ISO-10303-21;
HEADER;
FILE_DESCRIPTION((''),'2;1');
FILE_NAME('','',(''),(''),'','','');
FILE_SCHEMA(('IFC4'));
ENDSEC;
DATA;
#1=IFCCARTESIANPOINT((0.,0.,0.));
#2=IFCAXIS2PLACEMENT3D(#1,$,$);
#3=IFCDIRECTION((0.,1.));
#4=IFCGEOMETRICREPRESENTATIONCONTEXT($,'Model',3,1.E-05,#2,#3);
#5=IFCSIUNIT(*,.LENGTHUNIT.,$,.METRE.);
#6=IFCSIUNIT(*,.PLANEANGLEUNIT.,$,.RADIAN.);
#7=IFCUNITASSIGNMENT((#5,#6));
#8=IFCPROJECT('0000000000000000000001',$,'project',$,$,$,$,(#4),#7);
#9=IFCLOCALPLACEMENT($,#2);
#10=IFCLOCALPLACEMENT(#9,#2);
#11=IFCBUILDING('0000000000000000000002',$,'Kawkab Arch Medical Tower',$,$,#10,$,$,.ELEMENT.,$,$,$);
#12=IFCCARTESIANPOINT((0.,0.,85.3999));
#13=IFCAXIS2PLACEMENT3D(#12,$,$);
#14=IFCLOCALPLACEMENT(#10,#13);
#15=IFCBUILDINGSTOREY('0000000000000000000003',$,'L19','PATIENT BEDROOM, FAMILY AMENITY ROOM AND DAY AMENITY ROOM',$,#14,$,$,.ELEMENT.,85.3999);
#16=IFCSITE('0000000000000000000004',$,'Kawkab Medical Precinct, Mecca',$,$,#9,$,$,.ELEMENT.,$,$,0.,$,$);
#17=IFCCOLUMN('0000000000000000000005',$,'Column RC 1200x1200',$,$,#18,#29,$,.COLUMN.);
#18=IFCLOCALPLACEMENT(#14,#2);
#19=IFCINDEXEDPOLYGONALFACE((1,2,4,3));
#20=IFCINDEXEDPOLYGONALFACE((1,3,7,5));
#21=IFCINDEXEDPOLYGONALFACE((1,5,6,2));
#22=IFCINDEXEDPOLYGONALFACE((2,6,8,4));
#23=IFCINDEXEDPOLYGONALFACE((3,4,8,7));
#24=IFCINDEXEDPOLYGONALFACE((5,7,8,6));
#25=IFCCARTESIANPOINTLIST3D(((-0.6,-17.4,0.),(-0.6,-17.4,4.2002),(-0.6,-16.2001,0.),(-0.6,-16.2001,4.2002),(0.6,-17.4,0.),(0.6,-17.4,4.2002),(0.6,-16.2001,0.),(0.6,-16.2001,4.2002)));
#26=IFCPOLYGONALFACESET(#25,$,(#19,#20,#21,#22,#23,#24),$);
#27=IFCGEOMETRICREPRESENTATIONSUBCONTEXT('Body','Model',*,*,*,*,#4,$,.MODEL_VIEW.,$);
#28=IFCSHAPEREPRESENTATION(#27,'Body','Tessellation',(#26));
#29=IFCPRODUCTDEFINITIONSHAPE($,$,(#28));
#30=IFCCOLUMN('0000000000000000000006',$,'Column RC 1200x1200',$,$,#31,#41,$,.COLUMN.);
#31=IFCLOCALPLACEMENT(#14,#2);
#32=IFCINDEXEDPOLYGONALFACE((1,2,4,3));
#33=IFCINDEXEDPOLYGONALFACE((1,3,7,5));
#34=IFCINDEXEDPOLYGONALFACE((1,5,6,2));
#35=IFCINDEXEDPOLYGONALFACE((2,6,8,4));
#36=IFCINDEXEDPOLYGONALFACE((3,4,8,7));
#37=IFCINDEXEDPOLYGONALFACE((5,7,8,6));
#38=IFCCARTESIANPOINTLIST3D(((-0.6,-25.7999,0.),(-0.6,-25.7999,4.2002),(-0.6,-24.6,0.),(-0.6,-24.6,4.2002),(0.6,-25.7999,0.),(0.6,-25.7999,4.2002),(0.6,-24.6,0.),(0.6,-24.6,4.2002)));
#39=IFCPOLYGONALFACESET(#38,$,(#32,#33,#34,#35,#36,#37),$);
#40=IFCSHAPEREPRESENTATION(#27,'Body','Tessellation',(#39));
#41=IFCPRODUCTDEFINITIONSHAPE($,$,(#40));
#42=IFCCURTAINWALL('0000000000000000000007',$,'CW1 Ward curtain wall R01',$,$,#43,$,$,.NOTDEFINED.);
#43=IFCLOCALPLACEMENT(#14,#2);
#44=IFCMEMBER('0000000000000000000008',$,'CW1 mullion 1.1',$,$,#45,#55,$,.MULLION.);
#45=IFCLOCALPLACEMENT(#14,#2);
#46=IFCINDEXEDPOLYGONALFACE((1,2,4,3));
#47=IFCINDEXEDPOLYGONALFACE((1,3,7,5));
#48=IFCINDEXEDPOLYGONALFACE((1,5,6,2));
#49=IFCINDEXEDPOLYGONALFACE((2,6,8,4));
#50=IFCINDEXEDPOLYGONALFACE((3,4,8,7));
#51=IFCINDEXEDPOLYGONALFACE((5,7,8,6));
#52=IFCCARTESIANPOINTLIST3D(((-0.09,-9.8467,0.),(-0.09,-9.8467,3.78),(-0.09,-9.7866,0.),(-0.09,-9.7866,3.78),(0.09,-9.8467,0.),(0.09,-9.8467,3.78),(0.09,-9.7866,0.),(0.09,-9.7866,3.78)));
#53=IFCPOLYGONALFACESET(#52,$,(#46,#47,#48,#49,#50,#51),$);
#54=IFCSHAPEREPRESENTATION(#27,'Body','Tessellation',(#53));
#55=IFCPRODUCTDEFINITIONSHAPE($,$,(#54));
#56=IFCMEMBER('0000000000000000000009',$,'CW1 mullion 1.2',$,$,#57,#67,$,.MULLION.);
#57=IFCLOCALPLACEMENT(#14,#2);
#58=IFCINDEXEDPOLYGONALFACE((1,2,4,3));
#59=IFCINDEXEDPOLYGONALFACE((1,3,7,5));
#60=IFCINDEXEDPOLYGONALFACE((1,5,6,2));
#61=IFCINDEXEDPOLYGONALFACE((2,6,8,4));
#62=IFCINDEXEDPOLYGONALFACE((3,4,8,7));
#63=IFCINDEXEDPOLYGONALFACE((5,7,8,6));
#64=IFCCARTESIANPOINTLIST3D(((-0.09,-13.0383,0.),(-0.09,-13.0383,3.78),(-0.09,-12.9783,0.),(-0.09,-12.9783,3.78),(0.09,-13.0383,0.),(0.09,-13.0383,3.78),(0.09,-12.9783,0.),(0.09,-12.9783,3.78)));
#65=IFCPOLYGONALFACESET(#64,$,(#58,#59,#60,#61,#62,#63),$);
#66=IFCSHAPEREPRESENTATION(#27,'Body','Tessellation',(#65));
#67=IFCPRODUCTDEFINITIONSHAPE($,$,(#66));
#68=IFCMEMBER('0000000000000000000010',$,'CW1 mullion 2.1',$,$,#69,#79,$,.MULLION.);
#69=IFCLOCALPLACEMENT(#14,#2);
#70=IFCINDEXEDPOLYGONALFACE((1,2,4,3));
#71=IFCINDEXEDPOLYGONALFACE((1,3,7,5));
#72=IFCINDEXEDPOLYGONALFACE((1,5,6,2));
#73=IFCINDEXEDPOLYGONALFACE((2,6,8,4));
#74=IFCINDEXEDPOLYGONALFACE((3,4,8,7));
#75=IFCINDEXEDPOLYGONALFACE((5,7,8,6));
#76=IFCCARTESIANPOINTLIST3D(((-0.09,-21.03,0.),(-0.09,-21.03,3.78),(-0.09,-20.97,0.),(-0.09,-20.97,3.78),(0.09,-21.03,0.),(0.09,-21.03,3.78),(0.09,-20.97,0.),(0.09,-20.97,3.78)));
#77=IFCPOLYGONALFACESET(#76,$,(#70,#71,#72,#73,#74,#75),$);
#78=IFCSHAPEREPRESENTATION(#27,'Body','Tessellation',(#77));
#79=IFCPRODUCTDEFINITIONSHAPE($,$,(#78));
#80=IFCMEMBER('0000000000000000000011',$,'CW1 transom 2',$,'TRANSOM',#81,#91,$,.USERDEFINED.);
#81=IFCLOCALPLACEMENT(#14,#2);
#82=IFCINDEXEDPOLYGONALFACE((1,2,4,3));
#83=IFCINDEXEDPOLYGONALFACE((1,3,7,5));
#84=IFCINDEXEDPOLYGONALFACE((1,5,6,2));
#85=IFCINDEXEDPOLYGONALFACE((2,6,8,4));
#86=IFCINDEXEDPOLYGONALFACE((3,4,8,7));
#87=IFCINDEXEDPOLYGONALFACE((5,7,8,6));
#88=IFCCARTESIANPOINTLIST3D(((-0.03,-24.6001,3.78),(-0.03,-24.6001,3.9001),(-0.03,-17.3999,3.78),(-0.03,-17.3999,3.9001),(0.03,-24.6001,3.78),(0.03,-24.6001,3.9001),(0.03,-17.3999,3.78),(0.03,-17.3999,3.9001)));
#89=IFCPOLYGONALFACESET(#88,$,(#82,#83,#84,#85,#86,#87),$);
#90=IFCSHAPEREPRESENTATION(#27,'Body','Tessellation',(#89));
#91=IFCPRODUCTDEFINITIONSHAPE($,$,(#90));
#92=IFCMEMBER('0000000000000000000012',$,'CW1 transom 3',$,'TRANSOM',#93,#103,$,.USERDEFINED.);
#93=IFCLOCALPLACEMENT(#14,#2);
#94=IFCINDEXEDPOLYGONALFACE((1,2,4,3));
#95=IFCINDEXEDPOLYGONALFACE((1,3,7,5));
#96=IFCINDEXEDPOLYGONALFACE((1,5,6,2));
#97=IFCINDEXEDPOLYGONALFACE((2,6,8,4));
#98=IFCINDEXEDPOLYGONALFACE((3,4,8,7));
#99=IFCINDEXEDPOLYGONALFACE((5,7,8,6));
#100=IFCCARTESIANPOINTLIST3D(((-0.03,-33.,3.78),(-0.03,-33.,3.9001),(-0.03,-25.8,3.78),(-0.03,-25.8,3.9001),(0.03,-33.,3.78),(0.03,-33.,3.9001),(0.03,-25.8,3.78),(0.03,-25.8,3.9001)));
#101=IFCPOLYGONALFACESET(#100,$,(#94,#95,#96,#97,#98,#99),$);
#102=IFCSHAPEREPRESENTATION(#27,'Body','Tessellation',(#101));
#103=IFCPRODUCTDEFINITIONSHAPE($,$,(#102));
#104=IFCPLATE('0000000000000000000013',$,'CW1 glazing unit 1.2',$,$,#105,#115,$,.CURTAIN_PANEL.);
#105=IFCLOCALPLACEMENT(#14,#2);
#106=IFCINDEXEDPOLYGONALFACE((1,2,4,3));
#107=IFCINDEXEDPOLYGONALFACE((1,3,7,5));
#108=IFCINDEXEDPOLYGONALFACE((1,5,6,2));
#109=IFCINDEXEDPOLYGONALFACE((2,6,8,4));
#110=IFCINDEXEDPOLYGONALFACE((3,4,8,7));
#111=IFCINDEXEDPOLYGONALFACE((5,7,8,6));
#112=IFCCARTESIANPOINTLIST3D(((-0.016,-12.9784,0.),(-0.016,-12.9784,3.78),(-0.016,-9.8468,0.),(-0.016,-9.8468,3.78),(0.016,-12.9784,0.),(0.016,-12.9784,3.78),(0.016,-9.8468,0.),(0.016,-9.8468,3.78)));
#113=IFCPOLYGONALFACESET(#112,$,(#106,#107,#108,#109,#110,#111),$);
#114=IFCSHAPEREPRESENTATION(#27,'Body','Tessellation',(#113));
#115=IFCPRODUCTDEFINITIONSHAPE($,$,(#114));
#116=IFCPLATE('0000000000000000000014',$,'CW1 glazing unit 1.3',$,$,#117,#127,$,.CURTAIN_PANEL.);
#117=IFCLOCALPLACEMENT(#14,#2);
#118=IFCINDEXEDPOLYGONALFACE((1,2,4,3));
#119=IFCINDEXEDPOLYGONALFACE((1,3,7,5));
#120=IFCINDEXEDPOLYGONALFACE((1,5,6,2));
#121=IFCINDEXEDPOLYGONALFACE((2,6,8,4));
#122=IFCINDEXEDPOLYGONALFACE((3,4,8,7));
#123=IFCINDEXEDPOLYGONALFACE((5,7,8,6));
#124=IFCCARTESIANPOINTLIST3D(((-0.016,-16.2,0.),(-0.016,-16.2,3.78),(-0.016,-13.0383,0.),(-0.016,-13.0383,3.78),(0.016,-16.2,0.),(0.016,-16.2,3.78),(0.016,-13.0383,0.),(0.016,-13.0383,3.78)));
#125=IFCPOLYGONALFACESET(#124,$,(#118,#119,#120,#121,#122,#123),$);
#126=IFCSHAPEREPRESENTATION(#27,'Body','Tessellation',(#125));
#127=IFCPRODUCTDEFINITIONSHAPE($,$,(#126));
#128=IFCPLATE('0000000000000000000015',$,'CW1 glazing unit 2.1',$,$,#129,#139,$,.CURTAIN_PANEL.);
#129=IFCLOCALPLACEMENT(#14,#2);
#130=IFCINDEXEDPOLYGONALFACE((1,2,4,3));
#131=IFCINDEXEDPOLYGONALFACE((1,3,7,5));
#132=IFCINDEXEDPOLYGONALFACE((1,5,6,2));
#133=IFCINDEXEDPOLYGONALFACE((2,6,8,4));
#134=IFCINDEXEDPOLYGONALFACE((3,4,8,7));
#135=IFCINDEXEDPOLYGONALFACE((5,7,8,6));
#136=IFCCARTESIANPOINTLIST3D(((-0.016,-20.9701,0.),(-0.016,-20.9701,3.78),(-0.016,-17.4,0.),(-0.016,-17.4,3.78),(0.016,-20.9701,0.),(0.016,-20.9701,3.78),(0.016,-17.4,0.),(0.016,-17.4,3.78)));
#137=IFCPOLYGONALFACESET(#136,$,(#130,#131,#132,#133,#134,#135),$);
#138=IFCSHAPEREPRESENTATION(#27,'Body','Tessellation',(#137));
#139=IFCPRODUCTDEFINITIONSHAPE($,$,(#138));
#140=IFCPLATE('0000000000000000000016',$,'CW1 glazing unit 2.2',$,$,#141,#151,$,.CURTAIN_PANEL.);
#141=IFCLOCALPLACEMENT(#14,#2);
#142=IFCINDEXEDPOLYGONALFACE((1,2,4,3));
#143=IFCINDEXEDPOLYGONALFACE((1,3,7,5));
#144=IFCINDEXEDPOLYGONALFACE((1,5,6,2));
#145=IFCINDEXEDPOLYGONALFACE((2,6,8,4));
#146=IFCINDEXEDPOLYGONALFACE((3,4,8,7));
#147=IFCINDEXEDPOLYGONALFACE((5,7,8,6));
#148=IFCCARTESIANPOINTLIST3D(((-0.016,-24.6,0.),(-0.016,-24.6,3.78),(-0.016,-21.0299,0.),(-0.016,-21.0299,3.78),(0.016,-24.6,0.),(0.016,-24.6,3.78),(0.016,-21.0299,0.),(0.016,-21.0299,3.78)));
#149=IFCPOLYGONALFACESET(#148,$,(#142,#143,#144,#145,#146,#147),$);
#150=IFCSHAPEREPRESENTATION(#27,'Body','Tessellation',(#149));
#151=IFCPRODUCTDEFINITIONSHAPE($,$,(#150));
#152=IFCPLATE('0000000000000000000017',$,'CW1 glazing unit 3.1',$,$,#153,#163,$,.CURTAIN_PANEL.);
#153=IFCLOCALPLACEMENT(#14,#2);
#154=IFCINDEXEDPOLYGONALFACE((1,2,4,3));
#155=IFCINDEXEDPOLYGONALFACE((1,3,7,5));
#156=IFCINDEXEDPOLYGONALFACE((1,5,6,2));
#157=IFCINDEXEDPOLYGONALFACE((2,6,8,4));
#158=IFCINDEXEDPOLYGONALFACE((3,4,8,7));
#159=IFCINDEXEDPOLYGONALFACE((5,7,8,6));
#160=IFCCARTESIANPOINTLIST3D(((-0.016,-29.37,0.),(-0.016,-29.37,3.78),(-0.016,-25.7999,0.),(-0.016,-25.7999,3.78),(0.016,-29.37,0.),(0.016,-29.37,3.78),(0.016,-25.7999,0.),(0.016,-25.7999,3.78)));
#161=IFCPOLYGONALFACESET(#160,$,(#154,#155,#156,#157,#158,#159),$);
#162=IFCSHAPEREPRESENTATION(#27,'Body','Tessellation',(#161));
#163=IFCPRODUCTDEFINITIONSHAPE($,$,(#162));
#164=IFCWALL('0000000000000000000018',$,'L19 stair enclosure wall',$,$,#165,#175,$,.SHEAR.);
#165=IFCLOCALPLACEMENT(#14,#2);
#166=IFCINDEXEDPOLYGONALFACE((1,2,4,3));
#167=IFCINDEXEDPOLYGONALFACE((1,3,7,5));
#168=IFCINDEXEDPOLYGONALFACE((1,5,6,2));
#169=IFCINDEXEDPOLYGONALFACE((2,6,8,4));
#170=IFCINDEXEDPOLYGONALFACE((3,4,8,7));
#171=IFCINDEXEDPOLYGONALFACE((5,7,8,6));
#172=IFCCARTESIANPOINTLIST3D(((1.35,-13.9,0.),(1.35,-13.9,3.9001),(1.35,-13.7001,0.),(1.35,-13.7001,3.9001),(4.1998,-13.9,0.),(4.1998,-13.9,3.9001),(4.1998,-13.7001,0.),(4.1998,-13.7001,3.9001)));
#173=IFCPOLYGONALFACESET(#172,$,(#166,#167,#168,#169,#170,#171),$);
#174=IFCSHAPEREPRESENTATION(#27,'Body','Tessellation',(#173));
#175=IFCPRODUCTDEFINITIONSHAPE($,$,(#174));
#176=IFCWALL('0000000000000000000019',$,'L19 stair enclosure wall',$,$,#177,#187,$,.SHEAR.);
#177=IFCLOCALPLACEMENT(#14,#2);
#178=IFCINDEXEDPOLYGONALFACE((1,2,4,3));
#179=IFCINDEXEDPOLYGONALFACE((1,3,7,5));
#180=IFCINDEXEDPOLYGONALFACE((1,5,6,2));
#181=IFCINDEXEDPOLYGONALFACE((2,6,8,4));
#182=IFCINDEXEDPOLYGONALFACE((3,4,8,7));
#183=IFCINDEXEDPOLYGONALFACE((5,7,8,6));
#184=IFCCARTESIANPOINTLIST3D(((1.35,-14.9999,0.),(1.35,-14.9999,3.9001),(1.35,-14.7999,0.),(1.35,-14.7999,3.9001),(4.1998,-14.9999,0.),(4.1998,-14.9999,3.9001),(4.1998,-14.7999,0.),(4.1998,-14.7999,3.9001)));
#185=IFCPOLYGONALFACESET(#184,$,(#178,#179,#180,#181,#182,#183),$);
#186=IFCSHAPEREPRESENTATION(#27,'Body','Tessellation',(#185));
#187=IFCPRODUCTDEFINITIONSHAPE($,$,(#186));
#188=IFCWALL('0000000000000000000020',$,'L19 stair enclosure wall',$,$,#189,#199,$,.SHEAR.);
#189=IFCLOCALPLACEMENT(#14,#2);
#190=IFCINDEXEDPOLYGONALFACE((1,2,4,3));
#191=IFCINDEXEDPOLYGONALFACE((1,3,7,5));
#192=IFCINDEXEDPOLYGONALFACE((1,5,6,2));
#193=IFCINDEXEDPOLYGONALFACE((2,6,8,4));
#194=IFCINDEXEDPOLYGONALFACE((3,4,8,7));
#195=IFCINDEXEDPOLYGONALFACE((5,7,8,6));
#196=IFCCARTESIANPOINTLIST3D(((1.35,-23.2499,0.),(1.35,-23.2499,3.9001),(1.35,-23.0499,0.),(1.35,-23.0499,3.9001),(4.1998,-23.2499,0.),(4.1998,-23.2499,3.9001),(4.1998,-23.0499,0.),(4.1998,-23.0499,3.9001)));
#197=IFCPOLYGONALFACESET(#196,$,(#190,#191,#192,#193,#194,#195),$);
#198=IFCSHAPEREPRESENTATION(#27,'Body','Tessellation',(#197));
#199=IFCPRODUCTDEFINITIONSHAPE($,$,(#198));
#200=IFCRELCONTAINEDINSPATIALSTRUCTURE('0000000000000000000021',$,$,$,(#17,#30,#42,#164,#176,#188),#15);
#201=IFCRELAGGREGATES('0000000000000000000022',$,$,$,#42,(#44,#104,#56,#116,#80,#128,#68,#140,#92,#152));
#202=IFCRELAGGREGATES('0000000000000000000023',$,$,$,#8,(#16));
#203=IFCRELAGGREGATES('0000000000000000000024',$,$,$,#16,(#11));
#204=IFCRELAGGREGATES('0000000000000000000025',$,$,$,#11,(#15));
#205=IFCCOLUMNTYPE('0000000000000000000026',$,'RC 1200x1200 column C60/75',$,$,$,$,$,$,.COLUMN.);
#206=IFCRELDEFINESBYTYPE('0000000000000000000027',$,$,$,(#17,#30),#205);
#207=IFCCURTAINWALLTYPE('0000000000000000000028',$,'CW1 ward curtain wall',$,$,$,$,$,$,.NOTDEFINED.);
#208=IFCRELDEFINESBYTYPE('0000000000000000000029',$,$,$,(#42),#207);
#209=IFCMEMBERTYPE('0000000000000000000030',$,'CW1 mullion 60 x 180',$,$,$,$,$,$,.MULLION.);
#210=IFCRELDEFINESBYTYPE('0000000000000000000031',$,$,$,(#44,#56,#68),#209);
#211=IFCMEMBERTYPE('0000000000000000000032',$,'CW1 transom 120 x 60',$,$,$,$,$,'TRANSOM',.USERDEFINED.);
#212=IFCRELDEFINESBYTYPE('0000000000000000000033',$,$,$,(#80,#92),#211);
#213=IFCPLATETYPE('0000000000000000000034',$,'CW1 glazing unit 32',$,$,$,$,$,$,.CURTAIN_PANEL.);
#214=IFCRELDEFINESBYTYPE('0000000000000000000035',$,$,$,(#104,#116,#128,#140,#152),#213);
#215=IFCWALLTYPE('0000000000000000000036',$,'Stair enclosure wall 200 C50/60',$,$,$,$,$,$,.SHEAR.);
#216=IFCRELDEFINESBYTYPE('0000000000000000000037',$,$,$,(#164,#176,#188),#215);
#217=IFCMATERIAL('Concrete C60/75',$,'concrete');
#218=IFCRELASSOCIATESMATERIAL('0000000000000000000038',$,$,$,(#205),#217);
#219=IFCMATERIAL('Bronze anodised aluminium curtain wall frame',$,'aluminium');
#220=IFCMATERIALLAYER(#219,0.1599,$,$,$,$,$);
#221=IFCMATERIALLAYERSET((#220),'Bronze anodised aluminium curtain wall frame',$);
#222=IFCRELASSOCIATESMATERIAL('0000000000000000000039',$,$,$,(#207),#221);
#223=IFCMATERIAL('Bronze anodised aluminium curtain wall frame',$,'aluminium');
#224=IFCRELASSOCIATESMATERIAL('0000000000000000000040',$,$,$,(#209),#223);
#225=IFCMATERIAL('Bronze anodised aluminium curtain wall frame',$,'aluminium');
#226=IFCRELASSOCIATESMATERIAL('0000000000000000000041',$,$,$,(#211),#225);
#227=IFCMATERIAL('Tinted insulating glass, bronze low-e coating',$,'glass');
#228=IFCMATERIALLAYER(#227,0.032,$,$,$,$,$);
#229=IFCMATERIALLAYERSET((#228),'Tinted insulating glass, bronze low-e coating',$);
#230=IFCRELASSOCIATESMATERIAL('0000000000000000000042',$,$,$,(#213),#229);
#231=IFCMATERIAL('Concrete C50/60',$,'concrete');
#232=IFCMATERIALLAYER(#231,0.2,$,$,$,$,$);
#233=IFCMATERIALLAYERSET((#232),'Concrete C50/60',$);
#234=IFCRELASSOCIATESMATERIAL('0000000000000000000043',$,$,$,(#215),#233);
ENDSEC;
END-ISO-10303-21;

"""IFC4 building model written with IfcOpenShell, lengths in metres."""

from ifc_helpers import new_model, si_unit, direction, frame, frame_2d, origin, origin_2d, place, context, subcontext, project, spatial, rectangle, extrude, material, layer, layer_set, material_profile, profile_set, type_object, element, aggregate, save


model = new_model("IFC4")

# Units and contexts
model_context = context("Model", 3, precision=1e-05, world=origin(), true_north=direction((0.0, 1.0)))
body_context = subcontext(model_context, "Body", "Model", "MODEL_VIEW")
ifc_project = project(units=[si_unit("LENGTHUNIT", "METRE"), si_unit("PLANEANGLEUNIT", "RADIAN")], contexts=[model_context])

# Site, building, storey
site_placement = place(None, origin())
site = spatial("IfcSite", under=ifc_project, at=site_placement, Name="Kawkab Medical Precinct, Mecca", CompositionType="ELEMENT", RefElevation=0.0)
building_placement = place(site_placement, origin())
building = spatial("IfcBuilding", under=site, at=building_placement, Name="Kawkab Arch Medical Tower", CompositionType="ELEMENT")
storey_placement = place(building_placement, frame((0.0, 0.0, 85.3999)))
storey = spatial("IfcBuildingStorey", under=building, at=storey_placement, Name="L19", Description="PATIENT BEDROOM, FAMILY AMENITY ROOM AND DAY AMENITY ROOM", CompositionType="ELEMENT", Elevation=85.3999)

# Columns
ifc_material_1 = material(Name="Concrete C60/75", Category="concrete")
ifc_material_profile_1 = material_profile(ifc_material_1, rectangle(XDim=1.2, YDim=1.2, at=origin_2d()), Name="RC 1200x1200")
ifc_profile_set_1 = profile_set([ifc_material_profile_1], Name="Concrete C60/75")
column_type = type_object("IfcColumnType", Name="RC 1200x1200 column C60/75", PredefinedType="COLUMN", material=ifc_profile_set_1)
for number, where, z_axis, x_axis, name in (
    (1, (0.0, -16.8, 0.0), (0.0, 0.0, 1.0), (1.0, 0.0, 0.0), "Column RC 1200x1200"),
    (2, (0.0, -25.2, 0.0), (0.0, 0.0, 1.0), (1.0, 0.0, 0.0), "Column RC 1200x1200"),
):
    element("IfcColumn", number, at=place(storey_placement, frame(where, z_axis=z_axis, x_axis=x_axis)), inside=storey, type_object=column_type, Name=name, PredefinedType="COLUMN", context=body_context, shape_type="SweptSolid", body=[
        extrude(rectangle(XDim=1.2, YDim=1.2, at=origin_2d()), origin(), (0.0, 0.0, 1.0), 4.2002),
    ])

# Curtain wall, members, plates
ifc_material_2 = material(Name="Bronze anodised aluminium curtain wall frame", Category="aluminium")
ifc_layer_1 = layer(ifc_material_2, 0.1599)
ifc_layer_set_1 = layer_set([ifc_layer_1], Name="Bronze anodised aluminium curtain wall frame")
curtain_wall_type = type_object("IfcCurtainWallType", Name="CW1 ward curtain wall", PredefinedType="NOTDEFINED", material=ifc_layer_set_1)
placement = place(storey_placement, origin())
curtain_wall = element("IfcCurtainWall", 3, at=placement, inside=storey, type_object=curtain_wall_type, Name="CW1 Ward curtain wall R01", PredefinedType="NOTDEFINED")
ifc_material_3 = material(Name="Bronze anodised aluminium curtain wall frame", Category="aluminium")
ifc_material_profile_2 = material_profile(ifc_material_3, rectangle(XDim=0.1799, YDim=0.0601, at=origin_2d()), Name="AL 60x180")
ifc_profile_set_2 = profile_set([ifc_material_profile_2], Name="Bronze anodised aluminium curtain wall frame")
member_type_1 = type_object("IfcMemberType", Name="CW1 mullion 60 x 180", PredefinedType="MULLION", material=ifc_profile_set_2)
member_1_placement = place(storey_placement, frame((0.0, -9.8167, 0.0), z_axis=(0.0, 0.0, 1.0), x_axis=(1.0, 0.0, 0.0)))
member_1 = element("IfcMember", 4, at=member_1_placement, type_object=member_type_1, Name="CW1 mullion 1.1", PredefinedType="MULLION", context=body_context, shape_type="SweptSolid", body=[
    extrude(rectangle(XDim=0.1799, YDim=0.0601, at=origin_2d()), origin(), (0.0, 0.0, 1.0), 3.78),
])
member_2_placement = place(storey_placement, frame((0.0, -13.0083, 0.0), z_axis=(0.0, 0.0, 1.0), x_axis=(1.0, 0.0, 0.0)))
member_2 = element("IfcMember", 5, at=member_2_placement, type_object=member_type_1, Name="CW1 mullion 1.2", PredefinedType="MULLION", context=body_context, shape_type="SweptSolid", body=[
    extrude(rectangle(XDim=0.1799, YDim=0.0601, at=origin_2d()), origin(), (0.0, 0.0, 1.0), 3.78),
])
member_3_placement = place(storey_placement, frame((0.0, -21.0, 0.0), z_axis=(0.0, 0.0, 1.0), x_axis=(1.0, 0.0, 0.0)))
member_3 = element("IfcMember", 6, at=member_3_placement, type_object=member_type_1, Name="CW1 mullion 2.1", PredefinedType="MULLION", context=body_context, shape_type="SweptSolid", body=[
    extrude(rectangle(XDim=0.1799, YDim=0.0601, at=origin_2d()), origin(), (0.0, 0.0, 1.0), 3.78),
])
ifc_material_4 = material(Name="Bronze anodised aluminium curtain wall frame", Category="aluminium")
ifc_material_profile_3 = material_profile(ifc_material_4, rectangle(XDim=0.0601, YDim=0.1201, at=origin_2d()), Name="AL 60x120")
ifc_profile_set_3 = profile_set([ifc_material_profile_3], Name="Bronze anodised aluminium curtain wall frame")
member_type_2 = type_object("IfcMemberType", Name="CW1 transom 120 x 60", ElementType="TRANSOM", PredefinedType="USERDEFINED", material=ifc_profile_set_3)
member_4_placement = place(storey_placement, frame((0.0, -17.3999, 3.8401), z_axis=(0.0, -1.0, 0.0), x_axis=(1.0, 0.0, 0.0)))
member_4 = element("IfcMember", 7, at=member_4_placement, type_object=member_type_2, Name="CW1 transom 2", ObjectType="TRANSOM", PredefinedType="USERDEFINED", context=body_context, shape_type="SweptSolid", body=[
    extrude(rectangle(XDim=0.0601, YDim=0.1201, at=origin_2d()), origin(), (0.0, 0.0, 1.0), 7.2002),
])
member_5_placement = place(storey_placement, frame((0.0, -25.8, 3.8401), z_axis=(0.0, -1.0, 0.0), x_axis=(1.0, 0.0, 0.0)))
member_5 = element("IfcMember", 8, at=member_5_placement, type_object=member_type_2, Name="CW1 transom 3", ObjectType="TRANSOM", PredefinedType="USERDEFINED", context=body_context, shape_type="SweptSolid", body=[
    extrude(rectangle(XDim=0.0601, YDim=0.1201, at=origin_2d()), origin(), (0.0, 0.0, 1.0), 7.2),
])
ifc_material_5 = material(Name="Tinted insulating glass, bronze low-e coating", Category="glass")
ifc_layer_2 = layer(ifc_material_5, 0.032)
ifc_layer_set_2 = layer_set([ifc_layer_2], Name="Tinted insulating glass, bronze low-e coating")
plate_type = type_object("IfcPlateType", Name="CW1 glazing unit 32", PredefinedType="CURTAIN_PANEL", material=ifc_layer_set_2)
plate_1_placement = place(storey_placement, frame((0.0, -11.4126, 0.0), z_axis=(0.0, 0.0, 1.0), x_axis=(0.0, -1.0, 0.0)))
plate_1 = element("IfcPlate", 9, at=plate_1_placement, type_object=plate_type, Name="CW1 glazing unit 1.2", PredefinedType="CURTAIN_PANEL", context=body_context, shape_type="SweptSolid", body=[
    extrude(rectangle(XDim=3.1316, YDim=0.032, at=origin_2d()), origin(), (0.0, 0.0, 1.0), 3.78),
])
plate_2_placement = place(storey_placement, frame((0.0, -14.6191, 0.0), z_axis=(0.0, 0.0, 1.0), x_axis=(0.0, -1.0, 0.0)))
plate_2 = element("IfcPlate", 10, at=plate_2_placement, type_object=plate_type, Name="CW1 glazing unit 1.3", PredefinedType="CURTAIN_PANEL", context=body_context, shape_type="SweptSolid", body=[
    extrude(rectangle(XDim=3.1616, YDim=0.032, at=origin_2d()), origin(), (0.0, 0.0, 1.0), 3.78),
])
plate_3_placement = place(storey_placement, frame((0.0, -19.1851, 0.0), z_axis=(0.0, 0.0, 1.0), x_axis=(0.0, -1.0, 0.0)))
plate_3 = element("IfcPlate", 11, at=plate_3_placement, type_object=plate_type, Name="CW1 glazing unit 2.1", PredefinedType="CURTAIN_PANEL", context=body_context, shape_type="SweptSolid", body=[
    extrude(rectangle(XDim=3.5701, YDim=0.032, at=origin_2d()), origin(), (0.0, 0.0, 1.0), 3.78),
])
plate_4_placement = place(storey_placement, frame((0.0, -22.8149, 0.0), z_axis=(0.0, 0.0, 1.0), x_axis=(0.0, -1.0, 0.0)))
plate_4 = element("IfcPlate", 12, at=plate_4_placement, type_object=plate_type, Name="CW1 glazing unit 2.2", PredefinedType="CURTAIN_PANEL", context=body_context, shape_type="SweptSolid", body=[
    extrude(rectangle(XDim=3.5701, YDim=0.032, at=origin_2d()), origin(), (0.0, 0.0, 1.0), 3.78),
])
plate_5_placement = place(storey_placement, frame((0.0, -27.585, 0.0), z_axis=(0.0, 0.0, 1.0), x_axis=(0.0, -1.0, 0.0)))
plate_5 = element("IfcPlate", 13, at=plate_5_placement, type_object=plate_type, Name="CW1 glazing unit 3.1", PredefinedType="CURTAIN_PANEL", context=body_context, shape_type="SweptSolid", body=[
    extrude(rectangle(XDim=3.5701, YDim=0.032, at=origin_2d()), origin(), (0.0, 0.0, 1.0), 3.78),
])
aggregate(curtain_wall, [member_1, plate_1, member_2, plate_2, member_4, plate_3, member_3, plate_4, member_5, plate_5])

# Walls
ifc_material_6 = material(Name="Concrete C50/60", Category="concrete")
ifc_layer_3 = layer(ifc_material_6, 0.2)
ifc_layer_set_3 = layer_set([ifc_layer_3], Name="Concrete C50/60")
wall_type_1 = type_object("IfcWallType", Name="Stair enclosure wall 200 C50/60", PredefinedType="SHEAR", material=ifc_layer_set_3)
for number, where, z_axis, x_axis, name in (
    (14, (1.3501, -13.8, 0.0), (0.0, 0.0, 1.0), (1.0, 0.0, 0.0), "L19 stair enclosure wall"),
    (15, (1.3501, -14.8999, 0.0), (0.0, 0.0, 1.0), (1.0, 0.0, 0.0), "L19 stair enclosure wall"),
    (16, (1.3501, -23.1499, 0.0), (0.0, 0.0, 1.0), (1.0, 0.0, 0.0), "L19 stair enclosure wall"),
):
    element("IfcWall", number, at=place(storey_placement, frame(where, z_axis=z_axis, x_axis=x_axis)), inside=storey, type_object=wall_type_1, Name=name, PredefinedType="SHEAR", context=body_context, shape_type="SweptSolid", body=[
        extrude(rectangle(XDim=2.8499, YDim=0.2, at=frame_2d((1.4248, 0.0))), origin(), (0.0, 0.0, 1.0), 3.9001),
    ])

save(model, "model.ifc")
